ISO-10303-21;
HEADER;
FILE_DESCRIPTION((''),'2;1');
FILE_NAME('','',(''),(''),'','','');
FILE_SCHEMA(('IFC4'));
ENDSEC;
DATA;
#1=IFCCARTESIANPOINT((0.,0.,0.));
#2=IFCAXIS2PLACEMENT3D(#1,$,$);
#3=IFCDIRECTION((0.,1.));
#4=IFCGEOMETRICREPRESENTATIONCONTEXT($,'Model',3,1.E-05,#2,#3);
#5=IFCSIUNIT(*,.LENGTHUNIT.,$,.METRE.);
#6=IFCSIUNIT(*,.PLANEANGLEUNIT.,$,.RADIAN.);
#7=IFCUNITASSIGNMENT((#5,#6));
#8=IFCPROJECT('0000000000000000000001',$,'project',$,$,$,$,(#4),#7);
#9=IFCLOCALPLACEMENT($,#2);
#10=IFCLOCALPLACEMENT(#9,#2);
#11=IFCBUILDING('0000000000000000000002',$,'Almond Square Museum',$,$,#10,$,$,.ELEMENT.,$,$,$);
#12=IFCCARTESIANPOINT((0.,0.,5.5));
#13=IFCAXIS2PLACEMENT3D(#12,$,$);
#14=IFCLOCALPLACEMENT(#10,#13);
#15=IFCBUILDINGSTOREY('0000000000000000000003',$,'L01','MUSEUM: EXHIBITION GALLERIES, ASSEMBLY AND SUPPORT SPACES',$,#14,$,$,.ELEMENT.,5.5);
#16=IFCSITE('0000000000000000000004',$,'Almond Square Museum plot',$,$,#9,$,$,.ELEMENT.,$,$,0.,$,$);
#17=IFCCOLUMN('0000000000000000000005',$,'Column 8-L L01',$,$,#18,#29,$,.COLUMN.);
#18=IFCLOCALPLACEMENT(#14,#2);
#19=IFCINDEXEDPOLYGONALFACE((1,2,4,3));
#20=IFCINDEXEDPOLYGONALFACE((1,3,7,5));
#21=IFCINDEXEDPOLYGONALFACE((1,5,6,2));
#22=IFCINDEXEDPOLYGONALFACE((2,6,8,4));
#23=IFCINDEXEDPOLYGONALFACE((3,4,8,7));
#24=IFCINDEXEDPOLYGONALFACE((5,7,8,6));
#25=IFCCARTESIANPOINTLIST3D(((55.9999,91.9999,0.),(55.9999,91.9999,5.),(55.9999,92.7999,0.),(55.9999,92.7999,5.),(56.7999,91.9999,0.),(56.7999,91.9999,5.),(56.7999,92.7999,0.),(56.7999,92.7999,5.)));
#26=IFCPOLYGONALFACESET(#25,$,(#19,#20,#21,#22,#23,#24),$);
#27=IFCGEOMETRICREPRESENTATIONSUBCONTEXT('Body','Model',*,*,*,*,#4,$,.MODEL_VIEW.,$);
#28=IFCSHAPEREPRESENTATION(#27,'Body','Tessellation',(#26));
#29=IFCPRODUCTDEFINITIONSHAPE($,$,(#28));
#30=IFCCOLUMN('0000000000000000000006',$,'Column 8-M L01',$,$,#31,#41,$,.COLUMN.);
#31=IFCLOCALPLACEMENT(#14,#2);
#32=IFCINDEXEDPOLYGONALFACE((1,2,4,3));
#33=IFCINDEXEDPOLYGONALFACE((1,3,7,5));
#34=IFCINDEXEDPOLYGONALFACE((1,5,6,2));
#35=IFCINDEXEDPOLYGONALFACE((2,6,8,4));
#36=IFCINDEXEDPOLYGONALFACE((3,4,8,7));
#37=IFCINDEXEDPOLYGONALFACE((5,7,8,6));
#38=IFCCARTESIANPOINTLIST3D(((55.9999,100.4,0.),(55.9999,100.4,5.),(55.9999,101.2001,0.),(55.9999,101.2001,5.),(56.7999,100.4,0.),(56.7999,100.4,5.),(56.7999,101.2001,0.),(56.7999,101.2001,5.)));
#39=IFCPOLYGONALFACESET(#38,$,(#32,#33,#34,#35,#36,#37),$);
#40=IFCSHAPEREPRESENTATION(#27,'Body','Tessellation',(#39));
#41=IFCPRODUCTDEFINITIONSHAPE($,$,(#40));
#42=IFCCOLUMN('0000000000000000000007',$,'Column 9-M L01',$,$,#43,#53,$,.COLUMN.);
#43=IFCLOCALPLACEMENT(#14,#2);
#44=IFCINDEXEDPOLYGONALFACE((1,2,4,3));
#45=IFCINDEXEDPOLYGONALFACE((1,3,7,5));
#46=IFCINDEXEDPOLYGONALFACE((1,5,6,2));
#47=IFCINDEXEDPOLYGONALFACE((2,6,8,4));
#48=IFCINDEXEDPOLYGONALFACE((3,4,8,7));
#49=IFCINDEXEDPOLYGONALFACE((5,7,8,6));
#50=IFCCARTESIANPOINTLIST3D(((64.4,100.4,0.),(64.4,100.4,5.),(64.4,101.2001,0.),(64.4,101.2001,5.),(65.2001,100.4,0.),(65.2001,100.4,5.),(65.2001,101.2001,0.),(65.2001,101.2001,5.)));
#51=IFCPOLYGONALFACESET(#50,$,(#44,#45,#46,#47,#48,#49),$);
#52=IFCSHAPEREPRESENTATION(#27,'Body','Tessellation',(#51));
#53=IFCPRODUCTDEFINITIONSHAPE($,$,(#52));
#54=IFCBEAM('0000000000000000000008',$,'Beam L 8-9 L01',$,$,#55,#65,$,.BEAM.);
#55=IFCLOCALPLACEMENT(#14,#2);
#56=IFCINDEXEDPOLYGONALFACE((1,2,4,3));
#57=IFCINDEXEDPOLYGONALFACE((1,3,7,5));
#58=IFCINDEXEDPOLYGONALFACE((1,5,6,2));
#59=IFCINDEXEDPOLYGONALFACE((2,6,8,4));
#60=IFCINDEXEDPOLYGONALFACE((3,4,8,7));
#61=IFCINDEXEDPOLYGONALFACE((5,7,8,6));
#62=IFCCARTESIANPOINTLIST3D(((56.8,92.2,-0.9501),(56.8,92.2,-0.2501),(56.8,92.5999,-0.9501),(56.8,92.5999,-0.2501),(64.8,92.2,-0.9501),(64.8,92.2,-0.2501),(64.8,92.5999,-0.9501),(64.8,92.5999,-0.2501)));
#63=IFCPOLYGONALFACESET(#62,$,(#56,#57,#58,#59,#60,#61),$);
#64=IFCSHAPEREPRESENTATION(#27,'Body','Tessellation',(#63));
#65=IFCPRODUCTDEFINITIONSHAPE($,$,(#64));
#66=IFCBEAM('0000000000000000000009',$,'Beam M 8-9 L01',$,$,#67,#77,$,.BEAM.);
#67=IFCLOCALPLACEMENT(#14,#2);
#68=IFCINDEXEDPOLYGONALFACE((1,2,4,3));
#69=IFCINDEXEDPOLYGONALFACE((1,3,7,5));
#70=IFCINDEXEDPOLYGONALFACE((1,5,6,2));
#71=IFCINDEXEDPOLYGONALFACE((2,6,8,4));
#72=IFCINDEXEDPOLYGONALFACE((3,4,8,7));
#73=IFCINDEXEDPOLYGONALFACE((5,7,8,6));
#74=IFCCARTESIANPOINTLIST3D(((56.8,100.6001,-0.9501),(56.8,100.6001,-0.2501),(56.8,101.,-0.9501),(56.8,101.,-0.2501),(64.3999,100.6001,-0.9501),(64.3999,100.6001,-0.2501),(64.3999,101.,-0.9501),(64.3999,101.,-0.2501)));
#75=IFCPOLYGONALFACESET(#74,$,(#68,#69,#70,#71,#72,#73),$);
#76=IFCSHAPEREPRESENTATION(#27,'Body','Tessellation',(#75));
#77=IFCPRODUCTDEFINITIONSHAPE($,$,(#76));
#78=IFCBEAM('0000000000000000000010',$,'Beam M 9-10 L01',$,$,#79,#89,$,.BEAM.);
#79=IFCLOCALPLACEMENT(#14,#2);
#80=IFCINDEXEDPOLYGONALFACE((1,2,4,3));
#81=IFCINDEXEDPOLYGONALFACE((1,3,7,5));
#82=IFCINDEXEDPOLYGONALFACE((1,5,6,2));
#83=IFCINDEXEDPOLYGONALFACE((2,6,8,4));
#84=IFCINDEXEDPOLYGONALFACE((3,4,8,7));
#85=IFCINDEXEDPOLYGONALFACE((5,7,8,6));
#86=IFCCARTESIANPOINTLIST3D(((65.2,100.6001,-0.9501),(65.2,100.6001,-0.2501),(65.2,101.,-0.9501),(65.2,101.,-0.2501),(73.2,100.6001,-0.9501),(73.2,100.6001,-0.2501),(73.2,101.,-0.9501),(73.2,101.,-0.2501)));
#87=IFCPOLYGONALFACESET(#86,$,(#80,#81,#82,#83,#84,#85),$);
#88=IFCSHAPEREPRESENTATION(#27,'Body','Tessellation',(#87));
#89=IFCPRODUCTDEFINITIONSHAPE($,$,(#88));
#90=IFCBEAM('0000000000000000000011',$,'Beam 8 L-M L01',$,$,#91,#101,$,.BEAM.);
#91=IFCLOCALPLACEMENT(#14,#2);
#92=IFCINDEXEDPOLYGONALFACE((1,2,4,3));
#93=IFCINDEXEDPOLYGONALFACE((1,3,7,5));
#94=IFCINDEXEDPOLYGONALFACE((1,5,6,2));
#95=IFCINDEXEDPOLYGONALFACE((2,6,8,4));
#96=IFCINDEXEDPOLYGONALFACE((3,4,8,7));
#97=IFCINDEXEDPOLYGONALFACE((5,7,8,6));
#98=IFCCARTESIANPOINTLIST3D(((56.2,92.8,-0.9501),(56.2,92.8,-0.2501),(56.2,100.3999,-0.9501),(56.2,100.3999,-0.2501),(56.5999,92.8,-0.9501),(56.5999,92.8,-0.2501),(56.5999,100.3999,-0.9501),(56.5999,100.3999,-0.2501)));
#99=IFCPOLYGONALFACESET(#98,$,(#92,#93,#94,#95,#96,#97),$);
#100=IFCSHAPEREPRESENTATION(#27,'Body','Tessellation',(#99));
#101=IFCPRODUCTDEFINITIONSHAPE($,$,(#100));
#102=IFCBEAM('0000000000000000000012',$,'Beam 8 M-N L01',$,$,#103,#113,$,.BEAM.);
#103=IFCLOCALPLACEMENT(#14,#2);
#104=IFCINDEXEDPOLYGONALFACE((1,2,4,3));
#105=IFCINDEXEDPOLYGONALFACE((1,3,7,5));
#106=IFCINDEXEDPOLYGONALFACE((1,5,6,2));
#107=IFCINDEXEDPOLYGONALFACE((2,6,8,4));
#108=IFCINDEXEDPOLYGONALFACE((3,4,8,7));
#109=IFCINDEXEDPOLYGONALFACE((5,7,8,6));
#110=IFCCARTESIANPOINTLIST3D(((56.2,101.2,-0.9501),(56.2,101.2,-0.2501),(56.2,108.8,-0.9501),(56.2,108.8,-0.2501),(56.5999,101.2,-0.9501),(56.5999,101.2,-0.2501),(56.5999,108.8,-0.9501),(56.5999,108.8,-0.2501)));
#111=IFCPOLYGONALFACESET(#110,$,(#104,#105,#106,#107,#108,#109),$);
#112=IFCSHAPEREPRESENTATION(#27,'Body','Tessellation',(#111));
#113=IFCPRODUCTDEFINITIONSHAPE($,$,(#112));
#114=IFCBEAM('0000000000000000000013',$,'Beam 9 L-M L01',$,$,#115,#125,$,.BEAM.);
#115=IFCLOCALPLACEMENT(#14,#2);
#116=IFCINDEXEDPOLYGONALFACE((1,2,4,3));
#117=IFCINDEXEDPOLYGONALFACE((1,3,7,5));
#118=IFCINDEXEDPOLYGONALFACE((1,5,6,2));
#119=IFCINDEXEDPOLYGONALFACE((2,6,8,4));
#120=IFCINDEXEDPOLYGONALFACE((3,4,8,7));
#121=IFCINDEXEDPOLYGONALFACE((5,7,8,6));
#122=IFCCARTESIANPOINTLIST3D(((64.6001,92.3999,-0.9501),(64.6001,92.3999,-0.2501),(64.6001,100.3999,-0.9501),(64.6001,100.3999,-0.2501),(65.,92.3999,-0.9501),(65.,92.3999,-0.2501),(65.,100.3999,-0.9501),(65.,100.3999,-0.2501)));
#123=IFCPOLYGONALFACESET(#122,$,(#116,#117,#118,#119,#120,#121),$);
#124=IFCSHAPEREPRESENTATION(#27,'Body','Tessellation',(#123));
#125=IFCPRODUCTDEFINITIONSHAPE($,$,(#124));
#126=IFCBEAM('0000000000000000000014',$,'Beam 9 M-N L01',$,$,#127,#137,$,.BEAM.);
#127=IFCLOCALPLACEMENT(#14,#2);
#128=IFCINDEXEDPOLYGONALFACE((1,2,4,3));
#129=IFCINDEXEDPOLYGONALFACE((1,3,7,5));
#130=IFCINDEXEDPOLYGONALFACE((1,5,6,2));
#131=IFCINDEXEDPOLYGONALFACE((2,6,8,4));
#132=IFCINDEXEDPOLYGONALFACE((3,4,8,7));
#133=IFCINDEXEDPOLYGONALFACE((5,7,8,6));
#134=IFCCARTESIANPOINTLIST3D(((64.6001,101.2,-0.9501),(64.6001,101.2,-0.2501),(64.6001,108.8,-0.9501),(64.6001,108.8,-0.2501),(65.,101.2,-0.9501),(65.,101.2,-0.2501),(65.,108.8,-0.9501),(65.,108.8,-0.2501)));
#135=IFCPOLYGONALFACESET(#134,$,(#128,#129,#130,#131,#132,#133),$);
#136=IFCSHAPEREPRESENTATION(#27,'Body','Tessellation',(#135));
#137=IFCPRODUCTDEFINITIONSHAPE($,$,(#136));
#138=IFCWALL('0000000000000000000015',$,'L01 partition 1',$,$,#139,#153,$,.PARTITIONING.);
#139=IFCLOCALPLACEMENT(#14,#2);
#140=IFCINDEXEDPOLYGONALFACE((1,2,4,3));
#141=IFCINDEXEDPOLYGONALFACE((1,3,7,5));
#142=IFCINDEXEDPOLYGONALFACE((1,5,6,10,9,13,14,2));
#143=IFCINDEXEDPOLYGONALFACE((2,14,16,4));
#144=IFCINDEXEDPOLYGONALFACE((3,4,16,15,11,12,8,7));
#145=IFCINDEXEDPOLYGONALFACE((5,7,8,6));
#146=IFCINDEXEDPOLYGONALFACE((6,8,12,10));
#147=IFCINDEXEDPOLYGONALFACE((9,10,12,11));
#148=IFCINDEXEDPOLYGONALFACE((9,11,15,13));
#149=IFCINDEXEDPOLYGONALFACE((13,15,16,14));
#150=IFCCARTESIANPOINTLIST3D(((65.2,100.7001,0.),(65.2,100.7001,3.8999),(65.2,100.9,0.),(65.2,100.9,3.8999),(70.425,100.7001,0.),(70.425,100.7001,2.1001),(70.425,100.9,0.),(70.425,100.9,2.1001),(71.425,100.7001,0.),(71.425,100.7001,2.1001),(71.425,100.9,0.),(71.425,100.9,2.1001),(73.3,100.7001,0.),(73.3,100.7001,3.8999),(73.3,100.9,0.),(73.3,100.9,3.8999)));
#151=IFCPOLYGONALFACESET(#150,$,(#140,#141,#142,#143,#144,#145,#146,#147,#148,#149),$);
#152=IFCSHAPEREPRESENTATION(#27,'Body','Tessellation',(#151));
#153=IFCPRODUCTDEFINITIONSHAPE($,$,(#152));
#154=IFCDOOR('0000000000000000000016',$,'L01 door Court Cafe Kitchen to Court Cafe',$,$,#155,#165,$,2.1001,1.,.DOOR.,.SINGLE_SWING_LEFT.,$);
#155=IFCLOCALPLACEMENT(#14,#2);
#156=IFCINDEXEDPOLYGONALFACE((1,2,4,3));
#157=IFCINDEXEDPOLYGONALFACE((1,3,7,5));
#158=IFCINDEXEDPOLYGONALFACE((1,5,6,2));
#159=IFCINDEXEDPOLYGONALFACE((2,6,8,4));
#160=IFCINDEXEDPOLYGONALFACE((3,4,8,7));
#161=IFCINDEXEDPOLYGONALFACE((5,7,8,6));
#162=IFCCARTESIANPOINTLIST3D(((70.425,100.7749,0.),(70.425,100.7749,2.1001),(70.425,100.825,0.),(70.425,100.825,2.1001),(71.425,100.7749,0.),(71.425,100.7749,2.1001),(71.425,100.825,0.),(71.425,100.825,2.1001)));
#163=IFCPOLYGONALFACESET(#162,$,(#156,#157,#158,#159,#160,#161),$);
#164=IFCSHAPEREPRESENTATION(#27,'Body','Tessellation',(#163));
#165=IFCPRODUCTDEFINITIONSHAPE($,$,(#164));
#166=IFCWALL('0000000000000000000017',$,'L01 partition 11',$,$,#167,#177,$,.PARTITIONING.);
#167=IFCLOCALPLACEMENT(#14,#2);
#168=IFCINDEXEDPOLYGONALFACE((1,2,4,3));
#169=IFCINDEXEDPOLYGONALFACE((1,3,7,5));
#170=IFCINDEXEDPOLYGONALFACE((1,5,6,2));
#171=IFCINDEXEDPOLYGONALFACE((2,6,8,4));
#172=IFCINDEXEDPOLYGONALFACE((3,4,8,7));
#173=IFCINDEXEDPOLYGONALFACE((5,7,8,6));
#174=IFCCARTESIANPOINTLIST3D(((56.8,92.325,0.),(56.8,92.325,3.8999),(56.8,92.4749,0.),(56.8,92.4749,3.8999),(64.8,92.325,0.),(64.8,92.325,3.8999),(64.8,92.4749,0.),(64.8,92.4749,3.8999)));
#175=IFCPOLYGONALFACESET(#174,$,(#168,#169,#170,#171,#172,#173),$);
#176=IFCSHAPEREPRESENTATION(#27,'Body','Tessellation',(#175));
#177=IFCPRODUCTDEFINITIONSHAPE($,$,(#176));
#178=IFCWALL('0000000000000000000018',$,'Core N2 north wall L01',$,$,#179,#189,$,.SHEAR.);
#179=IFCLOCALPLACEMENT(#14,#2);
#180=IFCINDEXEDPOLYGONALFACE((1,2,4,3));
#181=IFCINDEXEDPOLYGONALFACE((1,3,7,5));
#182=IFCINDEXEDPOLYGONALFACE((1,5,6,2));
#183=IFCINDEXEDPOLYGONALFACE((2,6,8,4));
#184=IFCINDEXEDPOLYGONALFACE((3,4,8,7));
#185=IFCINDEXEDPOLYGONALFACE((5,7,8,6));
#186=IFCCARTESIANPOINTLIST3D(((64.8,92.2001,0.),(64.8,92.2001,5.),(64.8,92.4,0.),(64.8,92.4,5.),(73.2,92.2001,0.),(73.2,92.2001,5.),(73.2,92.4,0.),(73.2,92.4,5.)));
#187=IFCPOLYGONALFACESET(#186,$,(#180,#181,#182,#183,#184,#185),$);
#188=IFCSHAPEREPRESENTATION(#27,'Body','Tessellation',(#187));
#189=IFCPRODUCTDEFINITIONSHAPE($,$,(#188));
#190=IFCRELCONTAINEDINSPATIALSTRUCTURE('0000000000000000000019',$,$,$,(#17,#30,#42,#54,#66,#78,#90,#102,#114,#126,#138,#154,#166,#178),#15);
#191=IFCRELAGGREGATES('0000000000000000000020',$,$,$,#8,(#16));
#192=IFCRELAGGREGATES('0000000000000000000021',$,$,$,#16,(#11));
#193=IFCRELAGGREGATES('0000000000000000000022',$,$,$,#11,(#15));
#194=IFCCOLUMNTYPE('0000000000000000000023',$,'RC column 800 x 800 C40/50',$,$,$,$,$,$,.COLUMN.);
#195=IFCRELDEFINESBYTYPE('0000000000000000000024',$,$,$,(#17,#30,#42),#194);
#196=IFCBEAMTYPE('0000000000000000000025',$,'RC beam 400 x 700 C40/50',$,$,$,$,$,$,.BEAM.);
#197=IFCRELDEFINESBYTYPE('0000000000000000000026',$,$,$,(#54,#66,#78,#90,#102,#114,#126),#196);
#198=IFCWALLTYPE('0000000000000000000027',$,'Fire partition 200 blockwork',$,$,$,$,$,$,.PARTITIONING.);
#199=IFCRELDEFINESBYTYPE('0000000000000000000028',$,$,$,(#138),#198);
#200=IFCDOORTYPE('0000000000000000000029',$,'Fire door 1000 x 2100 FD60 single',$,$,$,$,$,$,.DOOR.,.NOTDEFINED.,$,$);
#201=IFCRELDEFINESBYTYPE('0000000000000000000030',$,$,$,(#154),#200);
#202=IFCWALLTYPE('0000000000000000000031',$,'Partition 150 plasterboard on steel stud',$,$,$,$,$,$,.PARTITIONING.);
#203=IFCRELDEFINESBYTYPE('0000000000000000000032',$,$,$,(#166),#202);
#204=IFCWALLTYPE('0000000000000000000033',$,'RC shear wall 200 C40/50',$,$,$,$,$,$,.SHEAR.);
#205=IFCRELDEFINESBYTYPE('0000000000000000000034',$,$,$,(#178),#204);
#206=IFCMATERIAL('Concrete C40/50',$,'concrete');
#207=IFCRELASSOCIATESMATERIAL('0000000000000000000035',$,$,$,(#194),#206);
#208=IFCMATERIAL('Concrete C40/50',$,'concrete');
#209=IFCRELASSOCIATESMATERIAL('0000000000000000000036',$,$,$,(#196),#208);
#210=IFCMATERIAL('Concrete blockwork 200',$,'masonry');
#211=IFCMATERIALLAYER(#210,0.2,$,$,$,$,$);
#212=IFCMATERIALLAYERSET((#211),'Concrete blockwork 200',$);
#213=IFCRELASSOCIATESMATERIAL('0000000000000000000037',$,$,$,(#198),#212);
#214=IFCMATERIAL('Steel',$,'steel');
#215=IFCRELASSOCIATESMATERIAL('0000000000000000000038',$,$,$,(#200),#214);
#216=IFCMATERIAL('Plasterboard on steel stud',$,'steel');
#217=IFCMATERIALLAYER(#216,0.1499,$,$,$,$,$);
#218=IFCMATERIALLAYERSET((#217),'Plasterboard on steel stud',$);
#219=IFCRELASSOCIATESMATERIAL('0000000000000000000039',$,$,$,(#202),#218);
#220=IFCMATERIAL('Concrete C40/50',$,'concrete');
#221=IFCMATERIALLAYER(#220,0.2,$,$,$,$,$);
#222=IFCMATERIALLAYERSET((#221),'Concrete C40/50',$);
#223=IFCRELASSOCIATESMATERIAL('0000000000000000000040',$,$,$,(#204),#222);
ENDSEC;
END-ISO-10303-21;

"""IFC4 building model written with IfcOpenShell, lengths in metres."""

from ifc_helpers import new_model, si_unit, direction, frame, frame_2d, origin, origin_2d, place, context, subcontext, project, spatial, rectangle, extrude, material, layer, layer_set, material_profile, profile_set, type_object, element, fill, save


model = new_model("IFC4")

# Units and contexts
model_context = context("Model", 3, precision=1e-05, world=origin(), true_north=direction((0.0, 1.0)))
body_context = subcontext(model_context, "Body", "Model", "MODEL_VIEW")
ifc_project = project(units=[si_unit("LENGTHUNIT", "METRE"), si_unit("PLANEANGLEUNIT", "RADIAN")], contexts=[model_context])

# Site, building, storey
site_placement = place(None, origin())
site = spatial("IfcSite", under=ifc_project, at=site_placement, Name="Almond Square Museum plot", CompositionType="ELEMENT", RefElevation=0.0)
building_placement = place(site_placement, origin())
building = spatial("IfcBuilding", under=site, at=building_placement, Name="Almond Square Museum", CompositionType="ELEMENT")
storey_placement = place(building_placement, frame((0.0, 0.0, 5.5)))
storey = spatial("IfcBuildingStorey", under=building, at=storey_placement, Name="L01", Description="MUSEUM: EXHIBITION GALLERIES, ASSEMBLY AND SUPPORT SPACES", CompositionType="ELEMENT", Elevation=5.5)

# Columns
ifc_material_1 = material(Name="Concrete C40/50", Category="concrete")
ifc_material_profile_1 = material_profile(ifc_material_1, rectangle(XDim=0.8, YDim=0.8, at=origin_2d()))
ifc_profile_set_1 = profile_set([ifc_material_profile_1], Name="Concrete C40/50")
column_type = type_object("IfcColumnType", Name="RC column 800 x 800 C40/50", PredefinedType="COLUMN", material=ifc_profile_set_1)
for number, where, z_axis, x_axis, name in (
    (1, (56.3999, 92.3999, 0.0), (0.0, 0.0, 1.0), (1.0, 0.0, 0.0), "Column 8-L L01"),
    (2, (56.3999, 100.8, 0.0), (0.0, 0.0, 1.0), (1.0, 0.0, 0.0), "Column 8-M L01"),
    (3, (64.8, 100.8, 0.0), (0.0, 0.0, 1.0), (1.0, 0.0, 0.0), "Column 9-M L01"),
):
    element("IfcColumn", number, at=place(storey_placement, frame(where, z_axis=z_axis, x_axis=x_axis)), inside=storey, type_object=column_type, Name=name, PredefinedType="COLUMN", context=body_context, shape_type="SweptSolid", body=[
        extrude(rectangle(XDim=0.8, YDim=0.8, at=origin_2d()), origin(), (0.0, 0.0, 1.0), 5.0),
    ])

# Beams
ifc_material_2 = material(Name="Concrete C40/50", Category="concrete")
ifc_material_profile_2 = material_profile(ifc_material_2, rectangle(XDim=0.3999, YDim=0.7, at=origin_2d()))
ifc_profile_set_2 = profile_set([ifc_material_profile_2], Name="Concrete C40/50")
beam_type = type_object("IfcBeamType", Name="RC beam 400 x 700 C40/50", PredefinedType="BEAM", material=ifc_profile_set_2)
beam_1_placement = place(storey_placement, frame((56.8, 92.3999, -0.6001), z_axis=(1.0, 0.0, 0.0), x_axis=(0.0, 1.0, 0.0)))
element("IfcBeam", 4, at=beam_1_placement, inside=storey, type_object=beam_type, Name="Beam L 8-9 L01", PredefinedType="BEAM", context=body_context, shape_type="SweptSolid", body=[
    extrude(rectangle(XDim=0.3999, YDim=0.7, at=origin_2d()), origin(), (0.0, 0.0, 1.0), 8.0),
])
beam_2_placement = place(storey_placement, frame((56.8, 100.8, -0.6001), z_axis=(1.0, 0.0, 0.0), x_axis=(0.0, 1.0, 0.0)))
element("IfcBeam", 5, at=beam_2_placement, inside=storey, type_object=beam_type, Name="Beam M 8-9 L01", PredefinedType="BEAM", context=body_context, shape_type="SweptSolid", body=[
    extrude(rectangle(XDim=0.3999, YDim=0.7, at=origin_2d()), origin(), (0.0, 0.0, 1.0), 7.5999),
])
beam_3_placement = place(storey_placement, frame((65.2, 100.8, -0.6001), z_axis=(1.0, 0.0, 0.0), x_axis=(0.0, 1.0, 0.0)))
element("IfcBeam", 6, at=beam_3_placement, inside=storey, type_object=beam_type, Name="Beam M 9-10 L01", PredefinedType="BEAM", context=body_context, shape_type="SweptSolid", body=[
    extrude(rectangle(XDim=0.3999, YDim=0.7, at=origin_2d()), origin(), (0.0, 0.0, 1.0), 8.0),
])
beam_4_placement = place(storey_placement, frame((56.3999, 92.8, -0.6001), z_axis=(0.0, 1.0, 0.0), x_axis=(-1.0, 0.0, 0.0)))
element("IfcBeam", 7, at=beam_4_placement, inside=storey, type_object=beam_type, Name="Beam 8 L-M L01", PredefinedType="BEAM", context=body_context, shape_type="SweptSolid", body=[
    extrude(rectangle(XDim=0.3999, YDim=0.7, at=origin_2d()), origin(), (0.0, 0.0, 1.0), 7.5999),
])
beam_5_placement = place(storey_placement, frame((56.3999, 101.2, -0.6001), z_axis=(0.0, 1.0, 0.0), x_axis=(-1.0, 0.0, 0.0)))
element("IfcBeam", 8, at=beam_5_placement, inside=storey, type_object=beam_type, Name="Beam 8 M-N L01", PredefinedType="BEAM", context=body_context, shape_type="SweptSolid", body=[
    extrude(rectangle(XDim=0.3999, YDim=0.7, at=origin_2d()), origin(), (0.0, 0.0, 1.0), 7.6001),
])
beam_6_placement = place(storey_placement, frame((64.8, 92.3999, -0.6001), z_axis=(0.0, 1.0, 0.0), x_axis=(-1.0, 0.0, 0.0)))
element("IfcBeam", 9, at=beam_6_placement, inside=storey, type_object=beam_type, Name="Beam 9 L-M L01", PredefinedType="BEAM", context=body_context, shape_type="SweptSolid", body=[
    extrude(rectangle(XDim=0.3999, YDim=0.7, at=origin_2d()), origin(), (0.0, 0.0, 1.0), 8.0),
])
beam_7_placement = place(storey_placement, frame((64.8, 101.2, -0.6001), z_axis=(0.0, 1.0, 0.0), x_axis=(-1.0, 0.0, 0.0)))
element("IfcBeam", 10, at=beam_7_placement, inside=storey, type_object=beam_type, Name="Beam 9 M-N L01", PredefinedType="BEAM", context=body_context, shape_type="SweptSolid", body=[
    extrude(rectangle(XDim=0.3999, YDim=0.7, at=origin_2d()), origin(), (0.0, 0.0, 1.0), 7.6001),
])

# Wall, opening, door
ifc_material_3 = material(Name="Concrete blockwork 200", Category="masonry")
ifc_layer_1 = layer(ifc_material_3, 0.2)
ifc_layer_set_1 = layer_set([ifc_layer_1], Name="Concrete blockwork 200")
wall_type_1 = type_object("IfcWallType", Name="Fire partition 200 blockwork", PredefinedType="PARTITIONING", material=ifc_layer_set_1)
wall_1_placement = place(storey_placement, frame((65.2, 100.8, 0.0), z_axis=(0.0, 0.0, 1.0), x_axis=(1.0, 0.0, 0.0)))
wall_1 = element("IfcWall", 11, at=wall_1_placement, inside=storey, type_object=wall_type_1, Name="L01 partition 1", PredefinedType="PARTITIONING", context=body_context, shape_type="SweptSolid", body=[
    extrude(rectangle(XDim=8.1001, YDim=0.2, at=frame_2d((4.05, 0.0))), origin(), (0.0, 0.0, 1.0), 3.8999),
])
opening_placement = place(wall_1_placement, frame((5.2251, 0.0, 0.0)))
opening = element("IfcOpeningElement", 12, at=opening_placement, cuts=wall_1, PredefinedType="OPENING", context=body_context, shape_type="SweptSolid", body=[
    extrude(rectangle(XDim=1.0, YDim=2.1001, at=frame_2d((0.5, 1.05))), frame((0.0, 0.1099, 0.0), z_axis=(0.0, -1.0, 0.0), x_axis=(1.0, 0.0, 0.0)), (0.0, 0.0, 1.0), 0.22),
])
ifc_material_4 = material(Name="Steel", Category="steel")
door_type = type_object("IfcDoorType", Name="Fire door 1000 x 2100 FD60 single", OperationType="NOTDEFINED", PredefinedType="DOOR", material=ifc_material_4)
door_placement = place(opening_placement, origin())
door = element("IfcDoor", 13, at=door_placement, inside=storey, type_object=door_type, Name="L01 door Court Cafe Kitchen to Court Cafe", OperationType="SINGLE_SWING_LEFT", OverallHeight=2.1001, OverallWidth=1.0, PredefinedType="DOOR", context=body_context, shape_type="SweptSolid", body=[
    extrude(rectangle(XDim=1.0, YDim=2.1001, at=frame_2d((0.5, 1.05))), frame((0.0, 0.0249, 0.0), z_axis=(0.0, -1.0, 0.0), x_axis=(1.0, 0.0, 0.0)), (0.0, 0.0, 1.0), 0.05),
])
fill(opening, door)

# Walls
ifc_material_5 = material(Name="Plasterboard on steel stud", Category="steel")
ifc_layer_2 = layer(ifc_material_5, 0.1499)
ifc_layer_set_2 = layer_set([ifc_layer_2], Name="Plasterboard on steel stud")
wall_type_2 = type_object("IfcWallType", Name="Partition 150 plasterboard on steel stud", PredefinedType="PARTITIONING", material=ifc_layer_set_2)
wall_2_placement = place(storey_placement, frame((56.8, 92.3999, 0.0), z_axis=(0.0, 0.0, 1.0), x_axis=(1.0, 0.0, 0.0)))
element("IfcWall", 14, at=wall_2_placement, inside=storey, type_object=wall_type_2, Name="L01 partition 11", PredefinedType="PARTITIONING", context=body_context, shape_type="SweptSolid", body=[
    extrude(rectangle(XDim=8.0, YDim=0.1499, at=frame_2d((4.0, 0.0))), origin(), (0.0, 0.0, 1.0), 3.8999),
])
ifc_material_6 = material(Name="Concrete C40/50", Category="concrete")
ifc_layer_3 = layer(ifc_material_6, 0.2)
ifc_layer_set_3 = layer_set([ifc_layer_3], Name="Concrete C40/50")
wall_type_3 = type_object("IfcWallType", Name="RC shear wall 200 C40/50", PredefinedType="SHEAR", material=ifc_layer_set_3)
wall_3_placement = place(storey_placement, frame((64.8, 92.3, 0.0), z_axis=(0.0, 0.0, 1.0), x_axis=(1.0, 0.0, 0.0)))
element("IfcWall", 15, at=wall_3_placement, inside=storey, type_object=wall_type_3, Name="Core N2 north wall L01", PredefinedType="SHEAR", context=body_context, shape_type="SweptSolid", body=[
    extrude(rectangle(XDim=8.3999, YDim=0.2, at=frame_2d((4.2, 0.0))), origin(), (0.0, 0.0, 1.0), 5.0),
])

save(model, "model.ifc")
